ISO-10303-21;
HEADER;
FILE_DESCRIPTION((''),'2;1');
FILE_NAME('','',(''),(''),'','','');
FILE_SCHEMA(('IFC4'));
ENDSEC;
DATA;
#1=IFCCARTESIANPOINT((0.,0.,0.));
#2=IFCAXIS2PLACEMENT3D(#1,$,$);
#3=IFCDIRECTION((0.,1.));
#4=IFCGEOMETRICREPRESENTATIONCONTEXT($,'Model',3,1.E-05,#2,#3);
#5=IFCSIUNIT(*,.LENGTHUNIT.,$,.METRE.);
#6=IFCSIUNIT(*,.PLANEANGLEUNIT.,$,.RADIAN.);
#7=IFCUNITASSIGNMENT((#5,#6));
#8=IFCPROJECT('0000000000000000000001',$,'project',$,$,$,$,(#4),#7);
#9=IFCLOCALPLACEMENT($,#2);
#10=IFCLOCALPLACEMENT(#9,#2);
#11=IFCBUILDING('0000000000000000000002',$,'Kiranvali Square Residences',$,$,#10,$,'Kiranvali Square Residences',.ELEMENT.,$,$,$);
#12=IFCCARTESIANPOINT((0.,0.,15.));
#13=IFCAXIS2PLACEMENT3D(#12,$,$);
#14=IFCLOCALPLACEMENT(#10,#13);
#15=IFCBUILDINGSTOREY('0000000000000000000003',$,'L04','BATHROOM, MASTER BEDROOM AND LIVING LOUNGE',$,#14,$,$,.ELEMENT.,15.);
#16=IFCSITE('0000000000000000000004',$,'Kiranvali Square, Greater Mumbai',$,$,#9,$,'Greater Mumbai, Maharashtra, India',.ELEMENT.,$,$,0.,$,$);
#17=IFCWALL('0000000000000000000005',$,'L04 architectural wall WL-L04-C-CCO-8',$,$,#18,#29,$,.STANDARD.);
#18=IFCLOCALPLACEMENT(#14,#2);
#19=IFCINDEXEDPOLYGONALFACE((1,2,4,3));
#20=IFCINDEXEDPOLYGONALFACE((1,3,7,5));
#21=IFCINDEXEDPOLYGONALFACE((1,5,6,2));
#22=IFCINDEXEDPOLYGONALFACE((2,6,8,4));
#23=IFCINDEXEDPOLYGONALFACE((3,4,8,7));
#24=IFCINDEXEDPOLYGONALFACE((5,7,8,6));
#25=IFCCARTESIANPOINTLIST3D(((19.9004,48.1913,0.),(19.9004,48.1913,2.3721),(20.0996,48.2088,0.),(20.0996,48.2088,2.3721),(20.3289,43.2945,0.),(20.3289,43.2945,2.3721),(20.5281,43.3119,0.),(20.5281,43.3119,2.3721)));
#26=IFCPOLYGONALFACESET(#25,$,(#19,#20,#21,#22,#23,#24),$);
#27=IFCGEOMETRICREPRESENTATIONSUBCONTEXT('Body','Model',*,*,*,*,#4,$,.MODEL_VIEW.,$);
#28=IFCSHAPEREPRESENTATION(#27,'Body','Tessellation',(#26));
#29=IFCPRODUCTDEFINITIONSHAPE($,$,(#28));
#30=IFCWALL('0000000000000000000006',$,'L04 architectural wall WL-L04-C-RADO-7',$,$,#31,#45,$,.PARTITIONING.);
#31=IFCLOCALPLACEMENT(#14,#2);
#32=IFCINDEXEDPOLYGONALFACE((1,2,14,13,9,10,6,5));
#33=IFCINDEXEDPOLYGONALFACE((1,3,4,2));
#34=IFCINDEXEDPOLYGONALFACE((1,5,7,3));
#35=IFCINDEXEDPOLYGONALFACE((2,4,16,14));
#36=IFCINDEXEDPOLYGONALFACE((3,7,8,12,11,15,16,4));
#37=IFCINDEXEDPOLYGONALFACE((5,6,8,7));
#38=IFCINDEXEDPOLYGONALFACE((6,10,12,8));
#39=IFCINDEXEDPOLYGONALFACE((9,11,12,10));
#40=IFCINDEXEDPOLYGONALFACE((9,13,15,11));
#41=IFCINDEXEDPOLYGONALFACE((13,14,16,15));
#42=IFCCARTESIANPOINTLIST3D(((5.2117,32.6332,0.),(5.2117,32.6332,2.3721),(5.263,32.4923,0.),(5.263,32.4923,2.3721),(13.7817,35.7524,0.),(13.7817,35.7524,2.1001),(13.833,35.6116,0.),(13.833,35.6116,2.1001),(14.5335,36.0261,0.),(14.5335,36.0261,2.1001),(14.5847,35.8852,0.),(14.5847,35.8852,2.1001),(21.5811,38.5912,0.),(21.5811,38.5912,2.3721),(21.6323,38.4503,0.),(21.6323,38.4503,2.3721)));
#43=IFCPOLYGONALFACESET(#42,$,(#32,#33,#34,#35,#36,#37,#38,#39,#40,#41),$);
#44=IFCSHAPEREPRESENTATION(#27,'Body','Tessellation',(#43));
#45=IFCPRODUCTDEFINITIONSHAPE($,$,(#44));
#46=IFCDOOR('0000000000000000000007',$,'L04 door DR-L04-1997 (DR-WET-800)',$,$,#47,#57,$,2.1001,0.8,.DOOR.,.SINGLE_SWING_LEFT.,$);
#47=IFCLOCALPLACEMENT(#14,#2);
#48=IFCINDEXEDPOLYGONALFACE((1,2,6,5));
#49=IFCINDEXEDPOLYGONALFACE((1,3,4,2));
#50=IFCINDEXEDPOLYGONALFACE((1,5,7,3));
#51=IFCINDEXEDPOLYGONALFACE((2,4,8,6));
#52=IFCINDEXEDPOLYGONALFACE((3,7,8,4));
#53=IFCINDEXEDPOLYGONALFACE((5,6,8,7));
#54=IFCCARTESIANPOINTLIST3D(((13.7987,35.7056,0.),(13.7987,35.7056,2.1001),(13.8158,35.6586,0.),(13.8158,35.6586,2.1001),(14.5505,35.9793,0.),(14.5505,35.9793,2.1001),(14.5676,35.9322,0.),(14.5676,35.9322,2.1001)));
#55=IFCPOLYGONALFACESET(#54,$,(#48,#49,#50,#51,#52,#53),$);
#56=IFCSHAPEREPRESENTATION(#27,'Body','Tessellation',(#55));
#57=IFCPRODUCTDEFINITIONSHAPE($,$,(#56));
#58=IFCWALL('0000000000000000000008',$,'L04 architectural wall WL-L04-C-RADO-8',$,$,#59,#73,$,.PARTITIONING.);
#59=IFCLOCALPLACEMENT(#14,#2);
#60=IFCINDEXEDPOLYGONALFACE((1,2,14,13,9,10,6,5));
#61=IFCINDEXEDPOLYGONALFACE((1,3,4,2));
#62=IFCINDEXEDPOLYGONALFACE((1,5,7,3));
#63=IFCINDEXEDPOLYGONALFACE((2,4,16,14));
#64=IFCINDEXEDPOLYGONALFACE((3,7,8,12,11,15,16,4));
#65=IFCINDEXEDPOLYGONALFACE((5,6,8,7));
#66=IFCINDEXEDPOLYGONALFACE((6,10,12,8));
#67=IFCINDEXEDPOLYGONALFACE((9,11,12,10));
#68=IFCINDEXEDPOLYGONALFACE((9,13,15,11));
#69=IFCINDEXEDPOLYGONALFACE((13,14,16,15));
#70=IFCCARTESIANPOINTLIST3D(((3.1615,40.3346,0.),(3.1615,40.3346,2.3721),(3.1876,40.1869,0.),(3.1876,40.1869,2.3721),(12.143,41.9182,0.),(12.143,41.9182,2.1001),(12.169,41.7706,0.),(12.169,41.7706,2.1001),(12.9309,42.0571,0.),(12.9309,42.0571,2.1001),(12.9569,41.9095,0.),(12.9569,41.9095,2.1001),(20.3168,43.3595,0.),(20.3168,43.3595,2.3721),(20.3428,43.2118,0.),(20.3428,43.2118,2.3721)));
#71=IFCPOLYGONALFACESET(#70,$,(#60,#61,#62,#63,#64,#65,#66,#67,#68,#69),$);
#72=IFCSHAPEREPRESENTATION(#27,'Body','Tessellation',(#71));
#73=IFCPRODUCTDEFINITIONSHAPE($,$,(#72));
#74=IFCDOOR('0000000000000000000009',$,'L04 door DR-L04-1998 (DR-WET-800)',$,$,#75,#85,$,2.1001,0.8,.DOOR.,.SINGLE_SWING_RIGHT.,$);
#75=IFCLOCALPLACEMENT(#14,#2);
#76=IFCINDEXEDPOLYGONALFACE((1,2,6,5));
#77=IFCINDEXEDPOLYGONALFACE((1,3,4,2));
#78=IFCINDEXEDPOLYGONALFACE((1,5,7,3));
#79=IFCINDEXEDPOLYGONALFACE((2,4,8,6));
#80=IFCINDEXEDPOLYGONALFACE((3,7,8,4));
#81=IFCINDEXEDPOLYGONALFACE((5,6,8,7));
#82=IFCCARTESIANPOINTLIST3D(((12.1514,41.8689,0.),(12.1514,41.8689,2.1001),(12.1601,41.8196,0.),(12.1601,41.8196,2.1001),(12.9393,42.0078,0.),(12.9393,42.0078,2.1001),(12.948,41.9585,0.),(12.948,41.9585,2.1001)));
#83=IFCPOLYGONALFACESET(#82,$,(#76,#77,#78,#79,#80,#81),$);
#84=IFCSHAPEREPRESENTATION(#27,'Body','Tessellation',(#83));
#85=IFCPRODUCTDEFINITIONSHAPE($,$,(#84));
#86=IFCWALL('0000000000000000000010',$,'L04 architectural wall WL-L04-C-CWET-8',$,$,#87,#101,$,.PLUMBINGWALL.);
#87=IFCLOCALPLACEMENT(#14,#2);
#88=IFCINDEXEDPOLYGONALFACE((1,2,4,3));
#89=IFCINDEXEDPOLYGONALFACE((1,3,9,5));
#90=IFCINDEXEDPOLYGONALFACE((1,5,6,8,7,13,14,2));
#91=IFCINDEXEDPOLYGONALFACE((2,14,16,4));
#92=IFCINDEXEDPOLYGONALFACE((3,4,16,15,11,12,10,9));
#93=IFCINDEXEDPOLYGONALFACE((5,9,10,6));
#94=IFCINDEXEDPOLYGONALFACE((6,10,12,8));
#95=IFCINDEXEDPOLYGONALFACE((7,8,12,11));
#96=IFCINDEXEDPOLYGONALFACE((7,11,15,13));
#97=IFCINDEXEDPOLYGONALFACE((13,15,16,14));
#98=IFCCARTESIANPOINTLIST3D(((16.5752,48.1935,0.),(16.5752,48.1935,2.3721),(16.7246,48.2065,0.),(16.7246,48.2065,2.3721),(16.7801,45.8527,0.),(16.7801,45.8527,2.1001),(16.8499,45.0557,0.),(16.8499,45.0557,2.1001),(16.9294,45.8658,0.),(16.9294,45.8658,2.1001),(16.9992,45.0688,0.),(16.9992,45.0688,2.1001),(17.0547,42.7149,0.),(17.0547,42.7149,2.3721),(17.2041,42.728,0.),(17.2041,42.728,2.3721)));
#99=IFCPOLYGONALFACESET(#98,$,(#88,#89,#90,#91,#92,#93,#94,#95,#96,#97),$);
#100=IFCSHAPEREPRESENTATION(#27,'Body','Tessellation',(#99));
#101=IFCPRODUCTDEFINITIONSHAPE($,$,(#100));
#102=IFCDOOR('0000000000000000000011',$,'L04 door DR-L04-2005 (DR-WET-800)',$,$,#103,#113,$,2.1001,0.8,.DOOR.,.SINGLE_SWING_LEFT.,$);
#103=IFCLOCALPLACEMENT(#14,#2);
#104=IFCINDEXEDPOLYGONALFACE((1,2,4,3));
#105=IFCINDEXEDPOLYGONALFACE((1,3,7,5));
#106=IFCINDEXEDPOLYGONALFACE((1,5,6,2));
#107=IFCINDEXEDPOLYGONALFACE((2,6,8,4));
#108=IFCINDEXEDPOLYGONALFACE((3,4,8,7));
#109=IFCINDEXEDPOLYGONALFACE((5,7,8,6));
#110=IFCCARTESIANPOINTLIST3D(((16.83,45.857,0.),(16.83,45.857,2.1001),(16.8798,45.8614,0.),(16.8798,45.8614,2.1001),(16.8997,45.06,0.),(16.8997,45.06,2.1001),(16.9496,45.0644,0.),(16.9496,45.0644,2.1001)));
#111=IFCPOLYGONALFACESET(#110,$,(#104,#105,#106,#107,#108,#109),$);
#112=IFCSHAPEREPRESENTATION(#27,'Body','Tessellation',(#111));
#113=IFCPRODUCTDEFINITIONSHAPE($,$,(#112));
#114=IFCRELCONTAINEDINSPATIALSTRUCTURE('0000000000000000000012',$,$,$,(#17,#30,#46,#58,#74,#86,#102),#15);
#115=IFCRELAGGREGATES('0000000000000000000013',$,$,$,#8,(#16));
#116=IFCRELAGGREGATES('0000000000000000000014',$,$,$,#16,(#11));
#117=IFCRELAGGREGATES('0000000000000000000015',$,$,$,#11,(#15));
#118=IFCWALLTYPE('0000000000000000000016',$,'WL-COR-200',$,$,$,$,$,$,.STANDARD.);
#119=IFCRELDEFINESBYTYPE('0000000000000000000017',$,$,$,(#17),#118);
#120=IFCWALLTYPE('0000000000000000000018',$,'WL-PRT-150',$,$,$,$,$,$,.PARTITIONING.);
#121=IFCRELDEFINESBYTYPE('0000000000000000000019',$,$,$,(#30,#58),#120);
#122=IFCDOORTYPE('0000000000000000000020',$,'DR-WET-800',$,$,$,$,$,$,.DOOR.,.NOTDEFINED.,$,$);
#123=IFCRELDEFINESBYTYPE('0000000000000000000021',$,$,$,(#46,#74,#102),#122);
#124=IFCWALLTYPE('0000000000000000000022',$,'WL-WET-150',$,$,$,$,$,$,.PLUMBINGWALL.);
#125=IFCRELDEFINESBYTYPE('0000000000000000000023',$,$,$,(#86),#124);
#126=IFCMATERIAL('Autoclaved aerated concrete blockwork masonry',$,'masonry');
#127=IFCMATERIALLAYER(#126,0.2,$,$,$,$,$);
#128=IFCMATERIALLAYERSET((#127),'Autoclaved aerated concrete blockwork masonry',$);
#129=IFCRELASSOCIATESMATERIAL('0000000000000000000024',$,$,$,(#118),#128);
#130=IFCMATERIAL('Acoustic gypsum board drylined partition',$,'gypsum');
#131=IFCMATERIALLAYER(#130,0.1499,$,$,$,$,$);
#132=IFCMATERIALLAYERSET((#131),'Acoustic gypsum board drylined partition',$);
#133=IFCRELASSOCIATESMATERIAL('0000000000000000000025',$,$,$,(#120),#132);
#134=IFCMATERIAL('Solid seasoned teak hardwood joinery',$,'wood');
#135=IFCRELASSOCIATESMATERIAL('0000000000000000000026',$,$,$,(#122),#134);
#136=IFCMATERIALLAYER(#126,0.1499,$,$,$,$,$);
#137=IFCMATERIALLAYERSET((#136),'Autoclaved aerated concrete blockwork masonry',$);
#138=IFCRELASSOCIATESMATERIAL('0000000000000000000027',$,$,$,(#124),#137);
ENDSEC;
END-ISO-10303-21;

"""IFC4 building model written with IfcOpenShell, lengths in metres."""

from ifc_helpers import new_model, si_unit, direction, frame, frame_2d, origin, place, context, subcontext, project, spatial, rectangle, extrude, material, layer, layer_set, type_object, element, fill, save


model = new_model("IFC4")

# Units and contexts
model_context = context("Model", 3, precision=1e-05, world=origin(), true_north=direction((0.0, 1.0)))
body_context = subcontext(model_context, "Body", "Model", "MODEL_VIEW")
ifc_project = project(units=[si_unit("LENGTHUNIT", "METRE"), si_unit("PLANEANGLEUNIT", "RADIAN")], contexts=[model_context])

# Site, building, storey
site_placement = place(None, origin())
site = spatial("IfcSite", under=ifc_project, at=site_placement, Name="Kiranvali Square, Greater Mumbai", LongName="Greater Mumbai, Maharashtra, India", CompositionType="ELEMENT", RefElevation=0.0)
building_placement = place(site_placement, origin())
building = spatial("IfcBuilding", under=site, at=building_placement, Name="Kiranvali Square Residences", LongName="Kiranvali Square Residences", CompositionType="ELEMENT")
storey_placement = place(building_placement, frame((0.0, 0.0, 15.0)))
storey = spatial("IfcBuildingStorey", under=building, at=storey_placement, Name="L04", Description="BATHROOM, MASTER BEDROOM AND LIVING LOUNGE", CompositionType="ELEMENT", Elevation=15.0)

# Wall
ifc_material_1 = material(Name="Autoclaved aerated concrete blockwork masonry", Category="masonry")
ifc_layer_1 = layer(ifc_material_1, 0.2)
ifc_layer_set_1 = layer_set([ifc_layer_1], Name="Autoclaved aerated concrete blockwork masonry")
wall_type_1 = type_object("IfcWallType", Name="WL-COR-200", PredefinedType="STANDARD", material=ifc_layer_set_1)
wall_1_placement = place(storey_placement, frame((20.4285, 43.3032, 0.0), z_axis=(0.0, 0.0, 1.0), x_axis=(-0.087168, 0.996194, 0.0)))
element("IfcWall", 1, at=wall_1_placement, inside=storey, type_object=wall_type_1, Name="L04 architectural wall WL-L04-C-CCO-8", PredefinedType="STANDARD", context=body_context, shape_type="SweptSolid", body=[
    extrude(rectangle(XDim=4.9155, YDim=0.2, at=frame_2d((2.4578, 0.0))), origin(), (0.0, 0.0, 1.0), 2.3721),
])

# Walls, openings, doors
ifc_material_2 = material(Name="Acoustic gypsum board drylined partition", Category="gypsum")
ifc_layer_2 = layer(ifc_material_2, 0.1499)
ifc_layer_set_2 = layer_set([ifc_layer_2], Name="Acoustic gypsum board drylined partition")
wall_type_2 = type_object("IfcWallType", Name="WL-PRT-150", PredefinedType="PARTITIONING", material=ifc_layer_set_2)
wall_2_placement = place(storey_placement, frame((21.6067, 38.5208, 0.0), z_axis=(0.0, 0.0, 1.0), x_axis=(-0.939692, -0.342022, 0.0)))
wall_2 = element("IfcWall", 2, at=wall_2_placement, inside=storey, type_object=wall_type_2, Name="L04 architectural wall WL-L04-C-RADO-7", PredefinedType="PARTITIONING", context=body_context, shape_type="SweptSolid", body=[
    extrude(rectangle(XDim=17.4199, YDim=0.1499, at=frame_2d((8.71, 0.0))), origin(), (0.0, 0.0, 1.0), 2.3721),
])
opening_1_placement = place(wall_2_placement, frame((7.5, 0.0, 0.0)))
opening_1 = element("IfcOpeningElement", 3, at=opening_1_placement, cuts=wall_2, PredefinedType="OPENING", context=body_context, shape_type="SweptSolid", body=[
    extrude(rectangle(XDim=0.8, YDim=2.1001, at=frame_2d((0.3999, 1.05))), frame((0.0, 0.085, 0.0), z_axis=(0.0, -1.0, 0.0), x_axis=(1.0, 0.0, 0.0)), (0.0, 0.0, 1.0), 0.1699),
])
ifc_material_3 = material(Name="Solid seasoned teak hardwood joinery", Category="wood")
door_type = type_object("IfcDoorType", Name="DR-WET-800", OperationType="NOTDEFINED", PredefinedType="DOOR", material=ifc_material_3)
door_1_placement = place(opening_1_placement, origin())
door_1 = element("IfcDoor", 4, at=door_1_placement, inside=storey, type_object=door_type, Name="L04 door DR-L04-1997 (DR-WET-800)", OperationType="SINGLE_SWING_LEFT", OverallHeight=2.1001, OverallWidth=0.8, PredefinedType="DOOR", context=body_context, shape_type="SweptSolid", body=[
    extrude(rectangle(XDim=0.8, YDim=2.1001, at=frame_2d((0.3999, 1.05))), frame((0.0, 0.0249, 0.0), z_axis=(0.0, -1.0, 0.0), x_axis=(1.0, 0.0, 0.0)), (0.0, 0.0, 1.0), 0.05),
])
fill(opening_1, door_1)
wall_3_placement = place(storey_placement, frame((20.3298, 43.2856, 0.0), z_axis=(0.0, 0.0, 1.0), x_axis=(-0.984808, -0.173646, 0.0)))
wall_3 = element("IfcWall", 5, at=wall_3_placement, inside=storey, type_object=wall_type_2, Name="L04 architectural wall WL-L04-C-RADO-8", PredefinedType="PARTITIONING", context=body_context, shape_type="SweptSolid", body=[
    extrude(rectangle(XDim=17.4199, YDim=0.1499, at=frame_2d((8.71, 0.0))), origin(), (0.0, 0.0, 1.0), 2.3721),
])
opening_2_placement = place(wall_3_placement, frame((7.5, 0.0, 0.0)))
opening_2 = element("IfcOpeningElement", 6, at=opening_2_placement, cuts=wall_3, PredefinedType="OPENING", context=body_context, shape_type="SweptSolid", body=[
    extrude(rectangle(XDim=0.8, YDim=2.1001, at=frame_2d((0.3999, 1.05))), frame((0.0, 0.085, 0.0), z_axis=(0.0, -1.0, 0.0), x_axis=(1.0, 0.0, 0.0)), (0.0, 0.0, 1.0), 0.1699),
])
door_2_placement = place(opening_2_placement, frame((0.8, 0.0, 0.0), z_axis=(0.0, 0.0, 1.0), x_axis=(-1.0, 0.0, 0.0)))
door_2 = element("IfcDoor", 7, at=door_2_placement, inside=storey, type_object=door_type, Name="L04 door DR-L04-1998 (DR-WET-800)", OperationType="SINGLE_SWING_RIGHT", OverallHeight=2.1001, OverallWidth=0.8, PredefinedType="DOOR", context=body_context, shape_type="SweptSolid", body=[
    extrude(rectangle(XDim=0.8, YDim=2.1001, at=frame_2d((0.3999, 1.05))), frame((0.0, 0.0249, 0.0), z_axis=(0.0, -1.0, 0.0), x_axis=(1.0, 0.0, 0.0)), (0.0, 0.0, 1.0), 0.05),
])
fill(opening_2, door_2)
ifc_layer_3 = layer(ifc_material_1, 0.1499)
ifc_layer_set_3 = layer_set([ifc_layer_3], Name="Autoclaved aerated concrete blockwork masonry")
wall_type_3 = type_object("IfcWallType", Name="WL-WET-150", PredefinedType="PLUMBINGWALL", material=ifc_layer_set_3)
wall_4_placement = place(storey_placement, frame((17.1294, 42.7214, 0.0), z_axis=(0.0, 0.0, 1.0), x_axis=(-0.087189, 0.996192, 0.0)))
wall_4 = element("IfcWall", 8, at=wall_4_placement, inside=storey, type_object=wall_type_3, Name="L04 architectural wall WL-L04-C-CWET-8", PredefinedType="PLUMBINGWALL", context=body_context, shape_type="SweptSolid", body=[
    extrude(rectangle(XDim=5.4995, YDim=0.1499, at=frame_2d((2.7498, 0.0))), origin(), (0.0, 0.0, 1.0), 2.3721),
])
opening_3_placement = place(wall_4_placement, frame((2.3499, 0.0, 0.0)))
opening_3 = element("IfcOpeningElement", 9, at=opening_3_placement, cuts=wall_4, PredefinedType="OPENING", context=body_context, shape_type="SweptSolid", body=[
    extrude(rectangle(XDim=0.8, YDim=2.1001, at=frame_2d((0.3999, 1.05))), frame((0.0, 0.085, 0.0), z_axis=(0.0, -1.0, 0.0), x_axis=(1.0, 0.0, 0.0)), (0.0, 0.0, 1.0), 0.1699),
])
door_3_placement = place(opening_3_placement, origin())
door_3 = element("IfcDoor", 10, at=door_3_placement, inside=storey, type_object=door_type, Name="L04 door DR-L04-2005 (DR-WET-800)", OperationType="SINGLE_SWING_LEFT", OverallHeight=2.1001, OverallWidth=0.8, PredefinedType="DOOR", context=body_context, shape_type="SweptSolid", body=[
    extrude(rectangle(XDim=0.8, YDim=2.1001, at=frame_2d((0.3999, 1.05))), frame((0.0, 0.0249, 0.0), z_axis=(0.0, -1.0, 0.0), x_axis=(1.0, 0.0, 0.0)), (0.0, 0.0, 1.0), 0.05),
])
fill(opening_3, door_3)

save(model, "model.ifc")
